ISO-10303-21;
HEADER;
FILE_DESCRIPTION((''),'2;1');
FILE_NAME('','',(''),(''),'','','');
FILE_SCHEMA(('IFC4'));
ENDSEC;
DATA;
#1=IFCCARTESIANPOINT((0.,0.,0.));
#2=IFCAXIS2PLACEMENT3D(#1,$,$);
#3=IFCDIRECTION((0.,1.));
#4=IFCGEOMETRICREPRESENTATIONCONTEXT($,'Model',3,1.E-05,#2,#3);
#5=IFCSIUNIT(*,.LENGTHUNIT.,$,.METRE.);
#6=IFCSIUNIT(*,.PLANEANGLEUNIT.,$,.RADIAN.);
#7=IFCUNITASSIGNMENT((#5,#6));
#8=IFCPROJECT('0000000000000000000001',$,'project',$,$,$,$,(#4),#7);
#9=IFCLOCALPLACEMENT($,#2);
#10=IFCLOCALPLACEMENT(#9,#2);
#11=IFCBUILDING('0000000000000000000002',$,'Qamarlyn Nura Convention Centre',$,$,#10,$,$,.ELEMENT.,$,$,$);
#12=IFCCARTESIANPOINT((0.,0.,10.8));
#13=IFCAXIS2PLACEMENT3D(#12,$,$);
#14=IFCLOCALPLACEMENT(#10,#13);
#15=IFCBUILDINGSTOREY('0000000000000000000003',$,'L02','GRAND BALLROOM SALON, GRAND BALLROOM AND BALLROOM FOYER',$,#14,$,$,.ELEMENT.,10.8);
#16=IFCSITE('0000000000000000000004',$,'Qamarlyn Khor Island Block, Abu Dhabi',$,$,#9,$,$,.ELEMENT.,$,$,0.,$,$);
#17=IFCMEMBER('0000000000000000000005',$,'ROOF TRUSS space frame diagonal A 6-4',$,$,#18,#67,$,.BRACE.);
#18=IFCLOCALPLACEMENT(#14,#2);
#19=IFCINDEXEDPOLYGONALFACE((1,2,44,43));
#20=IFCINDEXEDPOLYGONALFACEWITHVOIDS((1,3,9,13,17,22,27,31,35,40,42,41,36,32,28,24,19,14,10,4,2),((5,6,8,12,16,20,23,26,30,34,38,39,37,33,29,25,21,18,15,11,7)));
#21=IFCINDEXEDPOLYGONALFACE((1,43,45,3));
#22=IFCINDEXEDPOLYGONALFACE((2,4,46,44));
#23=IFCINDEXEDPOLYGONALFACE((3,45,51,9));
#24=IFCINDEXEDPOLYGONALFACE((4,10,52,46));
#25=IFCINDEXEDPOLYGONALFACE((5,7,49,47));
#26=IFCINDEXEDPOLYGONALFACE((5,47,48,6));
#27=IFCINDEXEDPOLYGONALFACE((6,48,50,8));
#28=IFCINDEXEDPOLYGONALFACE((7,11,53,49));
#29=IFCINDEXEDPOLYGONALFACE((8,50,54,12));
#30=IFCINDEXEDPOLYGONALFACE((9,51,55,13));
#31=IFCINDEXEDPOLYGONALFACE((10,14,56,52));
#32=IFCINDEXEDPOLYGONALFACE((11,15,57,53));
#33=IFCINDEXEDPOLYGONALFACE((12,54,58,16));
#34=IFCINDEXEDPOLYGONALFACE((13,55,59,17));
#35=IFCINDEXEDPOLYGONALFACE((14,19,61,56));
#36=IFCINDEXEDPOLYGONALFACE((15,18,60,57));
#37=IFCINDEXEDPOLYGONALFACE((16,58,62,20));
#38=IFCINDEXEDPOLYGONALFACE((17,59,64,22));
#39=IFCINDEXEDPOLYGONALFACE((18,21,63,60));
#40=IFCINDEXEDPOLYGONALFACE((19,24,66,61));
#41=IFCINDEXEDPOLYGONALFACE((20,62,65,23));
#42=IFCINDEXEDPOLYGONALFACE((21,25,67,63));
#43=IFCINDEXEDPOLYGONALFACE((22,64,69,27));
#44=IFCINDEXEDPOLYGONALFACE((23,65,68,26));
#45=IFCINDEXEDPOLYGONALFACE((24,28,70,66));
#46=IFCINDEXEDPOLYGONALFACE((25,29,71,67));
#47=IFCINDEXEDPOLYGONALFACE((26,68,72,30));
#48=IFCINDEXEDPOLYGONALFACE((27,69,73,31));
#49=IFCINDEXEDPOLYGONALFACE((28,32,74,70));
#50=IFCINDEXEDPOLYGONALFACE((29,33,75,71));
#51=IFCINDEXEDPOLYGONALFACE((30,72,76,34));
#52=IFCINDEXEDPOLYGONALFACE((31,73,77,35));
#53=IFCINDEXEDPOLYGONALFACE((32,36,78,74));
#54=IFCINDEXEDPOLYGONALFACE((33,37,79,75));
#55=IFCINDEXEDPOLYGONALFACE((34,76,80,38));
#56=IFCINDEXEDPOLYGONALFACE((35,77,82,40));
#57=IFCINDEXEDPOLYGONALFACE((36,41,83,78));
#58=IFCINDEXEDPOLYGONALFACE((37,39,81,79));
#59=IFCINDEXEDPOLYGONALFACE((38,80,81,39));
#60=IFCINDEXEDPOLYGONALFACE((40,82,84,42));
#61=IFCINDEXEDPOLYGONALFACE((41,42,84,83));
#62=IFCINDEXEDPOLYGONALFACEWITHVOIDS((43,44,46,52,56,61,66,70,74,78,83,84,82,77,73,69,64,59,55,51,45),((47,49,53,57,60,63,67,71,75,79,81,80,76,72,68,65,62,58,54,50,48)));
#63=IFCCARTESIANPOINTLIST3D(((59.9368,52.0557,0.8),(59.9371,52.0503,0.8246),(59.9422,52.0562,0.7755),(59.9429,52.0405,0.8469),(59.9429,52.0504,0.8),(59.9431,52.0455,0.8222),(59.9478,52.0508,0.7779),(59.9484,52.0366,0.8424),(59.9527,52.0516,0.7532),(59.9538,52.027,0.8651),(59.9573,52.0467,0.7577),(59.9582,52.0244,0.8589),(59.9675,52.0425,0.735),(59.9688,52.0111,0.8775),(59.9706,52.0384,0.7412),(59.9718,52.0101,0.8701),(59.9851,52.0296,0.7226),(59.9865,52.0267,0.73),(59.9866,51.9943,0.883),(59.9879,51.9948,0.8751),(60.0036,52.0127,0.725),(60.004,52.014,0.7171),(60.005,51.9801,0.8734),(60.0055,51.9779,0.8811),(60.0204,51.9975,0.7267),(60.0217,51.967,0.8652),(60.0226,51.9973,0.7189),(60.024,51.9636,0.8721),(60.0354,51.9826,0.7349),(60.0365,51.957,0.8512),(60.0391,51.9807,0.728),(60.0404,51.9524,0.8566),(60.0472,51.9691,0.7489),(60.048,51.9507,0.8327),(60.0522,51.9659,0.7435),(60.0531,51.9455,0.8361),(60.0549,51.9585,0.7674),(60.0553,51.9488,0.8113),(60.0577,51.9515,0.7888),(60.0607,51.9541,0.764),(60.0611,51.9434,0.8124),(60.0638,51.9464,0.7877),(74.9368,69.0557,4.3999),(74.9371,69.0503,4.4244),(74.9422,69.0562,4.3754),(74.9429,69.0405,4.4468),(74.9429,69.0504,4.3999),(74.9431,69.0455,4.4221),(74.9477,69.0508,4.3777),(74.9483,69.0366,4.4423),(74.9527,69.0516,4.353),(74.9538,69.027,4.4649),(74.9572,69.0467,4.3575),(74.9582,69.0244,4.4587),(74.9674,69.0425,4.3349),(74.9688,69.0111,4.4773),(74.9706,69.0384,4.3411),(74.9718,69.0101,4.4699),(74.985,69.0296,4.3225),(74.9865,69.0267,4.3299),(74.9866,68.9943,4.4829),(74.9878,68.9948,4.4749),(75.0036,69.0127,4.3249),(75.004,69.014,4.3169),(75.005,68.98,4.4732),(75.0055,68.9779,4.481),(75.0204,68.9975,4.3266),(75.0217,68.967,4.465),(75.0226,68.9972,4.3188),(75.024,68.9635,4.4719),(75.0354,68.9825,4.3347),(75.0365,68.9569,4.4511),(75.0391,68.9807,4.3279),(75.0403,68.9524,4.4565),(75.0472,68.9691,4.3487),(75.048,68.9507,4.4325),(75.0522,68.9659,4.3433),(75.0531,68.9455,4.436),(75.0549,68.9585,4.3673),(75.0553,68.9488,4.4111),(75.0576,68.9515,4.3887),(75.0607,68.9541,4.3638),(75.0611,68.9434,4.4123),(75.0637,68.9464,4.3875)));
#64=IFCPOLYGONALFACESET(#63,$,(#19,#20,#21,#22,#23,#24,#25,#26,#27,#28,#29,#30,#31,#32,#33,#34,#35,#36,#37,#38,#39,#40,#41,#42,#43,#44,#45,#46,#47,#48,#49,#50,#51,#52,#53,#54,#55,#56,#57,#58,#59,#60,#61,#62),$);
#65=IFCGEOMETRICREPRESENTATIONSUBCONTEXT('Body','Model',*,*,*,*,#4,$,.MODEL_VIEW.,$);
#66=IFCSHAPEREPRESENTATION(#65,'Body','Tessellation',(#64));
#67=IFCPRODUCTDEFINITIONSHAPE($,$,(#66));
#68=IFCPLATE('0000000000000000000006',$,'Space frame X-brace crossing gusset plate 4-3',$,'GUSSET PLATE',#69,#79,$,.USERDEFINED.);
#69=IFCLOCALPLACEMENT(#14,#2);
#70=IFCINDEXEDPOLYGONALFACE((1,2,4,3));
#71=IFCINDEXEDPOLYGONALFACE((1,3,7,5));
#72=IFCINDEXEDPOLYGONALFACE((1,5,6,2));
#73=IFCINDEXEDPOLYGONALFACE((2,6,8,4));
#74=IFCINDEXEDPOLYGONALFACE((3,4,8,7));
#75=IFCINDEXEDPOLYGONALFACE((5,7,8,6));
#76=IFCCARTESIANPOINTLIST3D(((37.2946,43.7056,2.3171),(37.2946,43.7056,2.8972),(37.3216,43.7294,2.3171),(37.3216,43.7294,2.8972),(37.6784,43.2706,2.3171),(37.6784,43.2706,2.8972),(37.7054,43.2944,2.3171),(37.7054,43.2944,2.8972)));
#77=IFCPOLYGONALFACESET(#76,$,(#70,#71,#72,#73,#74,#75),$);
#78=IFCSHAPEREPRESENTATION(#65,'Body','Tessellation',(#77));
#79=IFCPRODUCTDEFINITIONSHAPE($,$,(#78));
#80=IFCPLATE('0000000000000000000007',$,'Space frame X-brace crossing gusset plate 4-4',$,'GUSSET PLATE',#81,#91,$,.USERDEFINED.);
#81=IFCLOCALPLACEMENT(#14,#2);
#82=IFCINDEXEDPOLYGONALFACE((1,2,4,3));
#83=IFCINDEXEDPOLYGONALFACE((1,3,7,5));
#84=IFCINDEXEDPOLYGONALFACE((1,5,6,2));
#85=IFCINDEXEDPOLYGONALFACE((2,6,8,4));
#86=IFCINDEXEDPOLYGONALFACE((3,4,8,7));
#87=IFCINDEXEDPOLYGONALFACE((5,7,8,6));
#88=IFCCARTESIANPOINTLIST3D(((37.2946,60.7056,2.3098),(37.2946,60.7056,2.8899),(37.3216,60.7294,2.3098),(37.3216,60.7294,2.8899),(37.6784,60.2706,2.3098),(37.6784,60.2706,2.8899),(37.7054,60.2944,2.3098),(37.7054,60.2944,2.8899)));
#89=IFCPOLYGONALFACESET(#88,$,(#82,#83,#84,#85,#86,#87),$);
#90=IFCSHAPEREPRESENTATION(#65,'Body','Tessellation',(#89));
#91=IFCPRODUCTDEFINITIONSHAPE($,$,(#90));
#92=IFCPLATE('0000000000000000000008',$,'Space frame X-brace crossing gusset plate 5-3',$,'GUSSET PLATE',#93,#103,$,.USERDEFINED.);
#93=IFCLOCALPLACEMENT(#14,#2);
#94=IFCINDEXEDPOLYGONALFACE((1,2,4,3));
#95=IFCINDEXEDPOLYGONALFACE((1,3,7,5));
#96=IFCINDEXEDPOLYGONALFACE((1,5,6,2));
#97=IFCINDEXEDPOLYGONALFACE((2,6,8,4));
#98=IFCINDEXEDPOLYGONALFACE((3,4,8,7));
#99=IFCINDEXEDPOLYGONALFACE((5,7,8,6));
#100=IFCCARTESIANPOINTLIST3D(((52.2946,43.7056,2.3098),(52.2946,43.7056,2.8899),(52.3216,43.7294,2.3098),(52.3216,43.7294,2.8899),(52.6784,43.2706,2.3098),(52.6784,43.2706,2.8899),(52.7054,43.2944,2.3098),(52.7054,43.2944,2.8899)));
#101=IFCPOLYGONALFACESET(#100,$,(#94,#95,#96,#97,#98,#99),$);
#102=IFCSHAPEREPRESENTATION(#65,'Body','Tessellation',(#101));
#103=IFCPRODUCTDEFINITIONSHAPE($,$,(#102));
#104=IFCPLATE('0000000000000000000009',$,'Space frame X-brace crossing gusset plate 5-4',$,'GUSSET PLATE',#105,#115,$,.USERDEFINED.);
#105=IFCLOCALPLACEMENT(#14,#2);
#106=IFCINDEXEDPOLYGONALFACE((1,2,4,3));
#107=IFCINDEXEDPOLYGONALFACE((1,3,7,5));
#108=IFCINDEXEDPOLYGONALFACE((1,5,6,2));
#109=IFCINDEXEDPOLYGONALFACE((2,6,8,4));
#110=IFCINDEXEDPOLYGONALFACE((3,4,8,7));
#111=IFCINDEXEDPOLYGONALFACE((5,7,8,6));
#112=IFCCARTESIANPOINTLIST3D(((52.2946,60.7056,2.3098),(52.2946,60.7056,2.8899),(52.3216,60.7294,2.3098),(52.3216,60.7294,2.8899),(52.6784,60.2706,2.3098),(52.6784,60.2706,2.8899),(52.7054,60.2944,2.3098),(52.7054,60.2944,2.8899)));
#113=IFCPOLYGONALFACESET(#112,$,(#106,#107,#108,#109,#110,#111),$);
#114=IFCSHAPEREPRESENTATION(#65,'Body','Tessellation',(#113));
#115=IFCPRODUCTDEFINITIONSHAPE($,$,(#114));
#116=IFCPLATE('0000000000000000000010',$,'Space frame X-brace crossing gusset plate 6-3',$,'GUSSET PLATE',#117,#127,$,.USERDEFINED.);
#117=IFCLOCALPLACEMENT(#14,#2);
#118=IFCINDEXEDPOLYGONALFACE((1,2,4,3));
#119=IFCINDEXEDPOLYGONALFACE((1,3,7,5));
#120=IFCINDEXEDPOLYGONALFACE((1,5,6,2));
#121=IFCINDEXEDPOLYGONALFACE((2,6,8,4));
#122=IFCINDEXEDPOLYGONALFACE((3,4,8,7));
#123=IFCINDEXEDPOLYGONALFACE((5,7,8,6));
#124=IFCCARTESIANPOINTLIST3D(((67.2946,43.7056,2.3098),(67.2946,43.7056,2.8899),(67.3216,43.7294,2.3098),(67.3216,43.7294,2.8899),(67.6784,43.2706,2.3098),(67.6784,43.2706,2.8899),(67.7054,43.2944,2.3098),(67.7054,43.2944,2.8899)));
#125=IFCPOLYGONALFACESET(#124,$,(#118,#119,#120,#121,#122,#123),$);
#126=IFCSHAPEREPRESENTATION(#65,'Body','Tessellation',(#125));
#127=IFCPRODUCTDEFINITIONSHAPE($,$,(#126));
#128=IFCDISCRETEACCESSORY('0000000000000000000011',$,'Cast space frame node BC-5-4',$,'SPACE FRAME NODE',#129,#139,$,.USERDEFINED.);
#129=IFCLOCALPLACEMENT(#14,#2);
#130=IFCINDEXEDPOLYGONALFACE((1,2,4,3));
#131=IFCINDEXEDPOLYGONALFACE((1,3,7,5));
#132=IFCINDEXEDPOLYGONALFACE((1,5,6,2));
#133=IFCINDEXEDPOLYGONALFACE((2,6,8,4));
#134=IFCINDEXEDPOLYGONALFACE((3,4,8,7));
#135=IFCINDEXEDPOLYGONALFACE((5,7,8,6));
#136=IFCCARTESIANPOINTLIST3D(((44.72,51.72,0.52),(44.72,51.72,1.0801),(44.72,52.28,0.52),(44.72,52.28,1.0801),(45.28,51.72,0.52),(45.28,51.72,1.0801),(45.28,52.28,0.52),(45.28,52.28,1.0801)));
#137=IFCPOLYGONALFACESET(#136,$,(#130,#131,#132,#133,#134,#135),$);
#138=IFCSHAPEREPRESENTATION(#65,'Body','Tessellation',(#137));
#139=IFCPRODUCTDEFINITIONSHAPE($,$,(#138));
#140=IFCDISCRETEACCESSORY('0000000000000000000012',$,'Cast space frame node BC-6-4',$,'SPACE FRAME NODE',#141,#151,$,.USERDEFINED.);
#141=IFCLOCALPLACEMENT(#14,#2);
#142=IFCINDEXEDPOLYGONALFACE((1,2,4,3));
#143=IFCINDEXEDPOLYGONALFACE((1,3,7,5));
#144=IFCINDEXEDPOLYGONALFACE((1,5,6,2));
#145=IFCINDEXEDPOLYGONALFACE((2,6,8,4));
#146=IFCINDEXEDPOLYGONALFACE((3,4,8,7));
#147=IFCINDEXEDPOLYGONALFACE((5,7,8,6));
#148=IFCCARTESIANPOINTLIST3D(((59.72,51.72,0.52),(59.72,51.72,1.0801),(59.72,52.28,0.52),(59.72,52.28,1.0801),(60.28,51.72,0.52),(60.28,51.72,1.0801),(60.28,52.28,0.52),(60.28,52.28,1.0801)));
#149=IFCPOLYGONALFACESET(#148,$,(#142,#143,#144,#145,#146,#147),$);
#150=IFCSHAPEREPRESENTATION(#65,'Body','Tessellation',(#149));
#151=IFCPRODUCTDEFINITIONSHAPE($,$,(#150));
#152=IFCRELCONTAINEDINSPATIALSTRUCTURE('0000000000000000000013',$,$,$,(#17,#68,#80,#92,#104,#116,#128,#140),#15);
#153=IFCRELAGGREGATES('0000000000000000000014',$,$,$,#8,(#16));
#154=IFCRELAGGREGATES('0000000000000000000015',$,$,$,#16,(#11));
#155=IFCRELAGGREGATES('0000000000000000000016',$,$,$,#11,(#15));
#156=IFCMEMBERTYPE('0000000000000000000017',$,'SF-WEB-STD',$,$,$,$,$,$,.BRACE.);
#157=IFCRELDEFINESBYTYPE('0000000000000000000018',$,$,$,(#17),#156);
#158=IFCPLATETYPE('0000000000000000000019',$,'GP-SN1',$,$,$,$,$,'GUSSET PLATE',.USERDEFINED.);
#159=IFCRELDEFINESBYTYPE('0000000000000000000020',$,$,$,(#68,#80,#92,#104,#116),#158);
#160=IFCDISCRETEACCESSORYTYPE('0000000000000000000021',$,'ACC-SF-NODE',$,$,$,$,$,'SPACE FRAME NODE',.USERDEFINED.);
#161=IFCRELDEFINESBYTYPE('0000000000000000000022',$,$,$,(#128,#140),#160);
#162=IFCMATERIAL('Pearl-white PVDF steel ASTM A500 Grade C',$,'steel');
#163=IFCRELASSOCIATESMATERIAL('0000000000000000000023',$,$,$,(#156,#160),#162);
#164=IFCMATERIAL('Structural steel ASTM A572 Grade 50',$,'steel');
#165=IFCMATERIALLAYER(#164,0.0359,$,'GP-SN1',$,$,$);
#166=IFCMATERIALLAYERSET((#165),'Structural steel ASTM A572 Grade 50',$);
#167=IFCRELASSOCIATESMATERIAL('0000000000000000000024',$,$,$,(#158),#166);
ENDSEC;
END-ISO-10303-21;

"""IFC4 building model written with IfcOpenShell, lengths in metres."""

from ifc_helpers import new_model, si_unit, direction, frame, origin, origin_2d, place, context, subcontext, project, spatial, rectangle, hollow_circle, extrude, material, layer, layer_set, material_profile, profile_set, type_object, element, save


model = new_model("IFC4")

# Units and contexts
model_context = context("Model", 3, precision=1e-05, world=origin(), true_north=direction((0.0, 1.0)))
body_context = subcontext(model_context, "Body", "Model", "MODEL_VIEW")
ifc_project = project(units=[si_unit("LENGTHUNIT", "METRE"), si_unit("PLANEANGLEUNIT", "RADIAN")], contexts=[model_context])

# Site, building, storey
site_placement = place(None, origin())
site = spatial("IfcSite", under=ifc_project, at=site_placement, Name="Qamarlyn Khor Island Block, Abu Dhabi", CompositionType="ELEMENT", RefElevation=0.0)
building_placement = place(site_placement, origin())
building = spatial("IfcBuilding", under=site, at=building_placement, Name="Qamarlyn Nura Convention Centre", CompositionType="ELEMENT")
storey_placement = place(building_placement, frame((0.0, 0.0, 10.8)))
storey = spatial("IfcBuildingStorey", under=building, at=storey_placement, Name="L02", Description="GRAND BALLROOM SALON, GRAND BALLROOM AND BALLROOM FOYER", CompositionType="ELEMENT", Elevation=10.8)

# Member
ifc_material_1 = material(Name="Pearl-white PVDF steel ASTM A500 Grade C", Category="steel")
ifc_material_profile_1 = material_profile(ifc_material_1, hollow_circle(Radius=0.0842, WallThickness=0.0081, at=origin_2d()), Name="CHS168.3X8")
ifc_profile_set_1 = profile_set([ifc_material_profile_1], Name="Pearl-white PVDF steel ASTM A500 Grade C")
member_type_1 = type_object("IfcMemberType", Name="SF-WEB-STD", PredefinedType="BRACE", material=ifc_profile_set_1)
member_1_placement = place(storey_placement, frame((60.0, 52.0, 0.8), z_axis=(0.653436, 0.74056, 0.156818), x_axis=(-0.749838, 0.661622, 0.0)))
element("IfcMember", 1, at=member_1_placement, inside=storey, type_object=member_type_1, Name="ROOF TRUSS space frame diagonal A 6-4", PredefinedType="BRACE", context=body_context, shape_type="SweptSolid", body=[
    extrude(hollow_circle(Radius=0.0842, WallThickness=0.0081, at=origin_2d()), origin(), (0.0, 0.0, 1.0), 22.9556),
])

# Plates
ifc_material_2 = material(Name="Structural steel ASTM A572 Grade 50", Category="steel")
ifc_layer = layer(ifc_material_2, 0.0359, Name="GP-SN1")
ifc_layer_set = layer_set([ifc_layer], Name="Structural steel ASTM A572 Grade 50")
plate_type = type_object("IfcPlateType", Name="GP-SN1", ElementType="GUSSET PLATE", PredefinedType="USERDEFINED", material=ifc_layer_set)
for number, where, z_axis, x_axis, name in (
    (2, (37.5, 43.5, 2.3171), (0.0, 0.0, 1.0), (-0.661622, 0.749837, 0.0), "Space frame X-brace crossing gusset plate 4-3"),
    (3, (37.5, 60.5, 2.3098), (0.0, 0.0, 1.0), (-0.661622, 0.749837, 0.0), "Space frame X-brace crossing gusset plate 4-4"),
    (4, (52.5, 43.5, 2.3098), (0.0, 0.0, 1.0), (-0.661622, 0.749837, 0.0), "Space frame X-brace crossing gusset plate 5-3"),
    (5, (52.5, 60.5, 2.3098), (0.0, 0.0, 1.0), (-0.661622, 0.749837, 0.0), "Space frame X-brace crossing gusset plate 5-4"),
    (6, (67.5, 43.5, 2.3098), (0.0, 0.0, 1.0), (-0.661622, 0.749837, 0.0), "Space frame X-brace crossing gusset plate 6-3"),
):
    element("IfcPlate", number, at=place(storey_placement, frame(where, z_axis=z_axis, x_axis=x_axis)), inside=storey, type_object=plate_type, Name=name, ObjectType="GUSSET PLATE", PredefinedType="USERDEFINED", context=body_context, shape_type="SweptSolid", body=[
        extrude(rectangle(XDim=0.5801, YDim=0.0359, at=origin_2d()), origin(), (0.0, 0.0, 1.0), 0.5801),
    ])

# Discrete accessories
discrete_accessory_type = type_object("IfcDiscreteAccessoryType", Name="ACC-SF-NODE", ElementType="SPACE FRAME NODE", PredefinedType="USERDEFINED", material=ifc_material_1)
for number, where, z_axis, x_axis, name in (
    (7, (45.0, 52.0, 0.52), (0.0, 0.0, 1.0), (1.0, 0.0, 0.0), "Cast space frame node BC-5-4"),
    (8, (60.0, 52.0, 0.52), (0.0, 0.0, 1.0), (1.0, 0.0, 0.0), "Cast space frame node BC-6-4"),
):
    element("IfcDiscreteAccessory", number, at=place(storey_placement, frame(where, z_axis=z_axis, x_axis=x_axis)), inside=storey, type_object=discrete_accessory_type, Name=name, ObjectType="SPACE FRAME NODE", PredefinedType="USERDEFINED", context=body_context, shape_type="SweptSolid", body=[
        extrude(rectangle(XDim=0.5601, YDim=0.5601, at=origin_2d()), origin(), (0.0, 0.0, 1.0), 0.5601),
    ])

save(model, "model.ifc")
